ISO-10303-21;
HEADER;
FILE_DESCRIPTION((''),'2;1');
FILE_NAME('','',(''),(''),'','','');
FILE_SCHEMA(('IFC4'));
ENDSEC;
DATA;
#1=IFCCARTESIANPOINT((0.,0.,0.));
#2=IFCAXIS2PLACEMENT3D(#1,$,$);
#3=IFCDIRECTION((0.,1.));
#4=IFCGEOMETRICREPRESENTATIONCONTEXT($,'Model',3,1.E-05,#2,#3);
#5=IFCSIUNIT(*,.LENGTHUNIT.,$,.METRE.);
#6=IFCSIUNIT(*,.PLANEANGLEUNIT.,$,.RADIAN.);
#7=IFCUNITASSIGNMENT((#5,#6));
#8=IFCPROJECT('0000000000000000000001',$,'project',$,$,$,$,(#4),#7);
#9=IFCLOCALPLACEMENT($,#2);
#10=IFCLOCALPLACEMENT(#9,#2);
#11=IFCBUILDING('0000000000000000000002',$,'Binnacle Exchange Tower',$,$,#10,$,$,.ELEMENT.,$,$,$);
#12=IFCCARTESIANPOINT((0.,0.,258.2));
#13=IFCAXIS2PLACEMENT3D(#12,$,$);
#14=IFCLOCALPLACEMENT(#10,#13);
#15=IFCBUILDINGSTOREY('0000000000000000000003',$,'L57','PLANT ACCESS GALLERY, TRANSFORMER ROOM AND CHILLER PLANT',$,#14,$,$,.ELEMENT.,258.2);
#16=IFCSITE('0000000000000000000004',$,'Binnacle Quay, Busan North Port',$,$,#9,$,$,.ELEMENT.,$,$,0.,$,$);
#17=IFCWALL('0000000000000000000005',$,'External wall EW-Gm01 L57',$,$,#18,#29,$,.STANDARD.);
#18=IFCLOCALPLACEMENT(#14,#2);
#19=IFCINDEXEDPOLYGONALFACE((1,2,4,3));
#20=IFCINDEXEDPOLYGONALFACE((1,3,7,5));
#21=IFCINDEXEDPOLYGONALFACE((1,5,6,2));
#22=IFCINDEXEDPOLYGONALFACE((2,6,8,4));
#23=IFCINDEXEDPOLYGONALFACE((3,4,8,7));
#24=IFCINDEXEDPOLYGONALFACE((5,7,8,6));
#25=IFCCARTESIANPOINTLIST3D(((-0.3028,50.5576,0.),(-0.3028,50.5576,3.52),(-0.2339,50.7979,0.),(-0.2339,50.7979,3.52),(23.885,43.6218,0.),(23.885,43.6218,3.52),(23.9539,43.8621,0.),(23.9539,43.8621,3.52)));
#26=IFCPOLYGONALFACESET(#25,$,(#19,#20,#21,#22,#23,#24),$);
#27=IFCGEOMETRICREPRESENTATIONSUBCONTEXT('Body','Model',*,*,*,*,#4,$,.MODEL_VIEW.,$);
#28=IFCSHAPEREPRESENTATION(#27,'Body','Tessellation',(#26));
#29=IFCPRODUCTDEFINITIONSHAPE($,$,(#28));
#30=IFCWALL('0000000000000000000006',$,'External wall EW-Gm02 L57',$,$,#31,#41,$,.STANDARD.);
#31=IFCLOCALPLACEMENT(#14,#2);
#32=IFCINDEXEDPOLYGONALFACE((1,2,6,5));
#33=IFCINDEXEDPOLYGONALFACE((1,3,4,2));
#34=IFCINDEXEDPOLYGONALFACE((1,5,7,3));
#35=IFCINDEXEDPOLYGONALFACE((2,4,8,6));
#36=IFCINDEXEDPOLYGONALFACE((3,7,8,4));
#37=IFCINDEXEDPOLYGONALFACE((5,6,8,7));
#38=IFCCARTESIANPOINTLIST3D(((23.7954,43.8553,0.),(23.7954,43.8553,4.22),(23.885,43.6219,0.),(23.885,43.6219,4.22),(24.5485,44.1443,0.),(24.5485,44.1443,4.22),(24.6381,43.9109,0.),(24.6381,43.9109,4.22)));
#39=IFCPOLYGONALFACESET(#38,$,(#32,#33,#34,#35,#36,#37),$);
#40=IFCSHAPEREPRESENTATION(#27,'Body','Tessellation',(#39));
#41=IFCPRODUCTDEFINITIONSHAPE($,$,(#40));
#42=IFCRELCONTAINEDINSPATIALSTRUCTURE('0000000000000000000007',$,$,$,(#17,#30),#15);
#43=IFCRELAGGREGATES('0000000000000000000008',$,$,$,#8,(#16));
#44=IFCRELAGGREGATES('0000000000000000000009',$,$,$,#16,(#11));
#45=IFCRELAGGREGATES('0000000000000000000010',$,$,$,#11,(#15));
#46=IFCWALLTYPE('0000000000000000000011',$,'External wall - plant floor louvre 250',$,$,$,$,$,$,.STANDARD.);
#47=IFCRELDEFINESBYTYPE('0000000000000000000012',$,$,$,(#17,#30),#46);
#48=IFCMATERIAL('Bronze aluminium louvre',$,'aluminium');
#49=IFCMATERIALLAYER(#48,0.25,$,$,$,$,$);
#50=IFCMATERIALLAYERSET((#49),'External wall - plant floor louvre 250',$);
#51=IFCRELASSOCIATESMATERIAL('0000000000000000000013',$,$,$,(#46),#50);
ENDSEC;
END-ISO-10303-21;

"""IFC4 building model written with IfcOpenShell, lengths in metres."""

from ifc_helpers import new_model, si_unit, direction, frame, frame_2d, origin, place, context, subcontext, project, spatial, rectangle, extrude, material, layer, layer_set, type_object, element, save


model = new_model("IFC4")

# Units and contexts
model_context = context("Model", 3, precision=1e-05, world=origin(), true_north=direction((0.0, 1.0)))
body_context = subcontext(model_context, "Body", "Model", "MODEL_VIEW")
ifc_project = project(units=[si_unit("LENGTHUNIT", "METRE"), si_unit("PLANEANGLEUNIT", "RADIAN")], contexts=[model_context])

# Site, building, storey
site_placement = place(None, origin())
site = spatial("IfcSite", under=ifc_project, at=site_placement, Name="Binnacle Quay, Busan North Port", CompositionType="ELEMENT", RefElevation=0.0)
building_placement = place(site_placement, origin())
building = spatial("IfcBuilding", under=site, at=building_placement, Name="Binnacle Exchange Tower", CompositionType="ELEMENT")
storey_placement = place(building_placement, frame((0.0, 0.0, 258.2)))
storey = spatial("IfcBuildingStorey", under=building, at=storey_placement, Name="L57", Description="PLANT ACCESS GALLERY, TRANSFORMER ROOM AND CHILLER PLANT", CompositionType="ELEMENT", Elevation=258.2)

# Walls
ifc_material_1 = material(Name="Bronze aluminium louvre", Category="aluminium")
ifc_layer_1 = layer(ifc_material_1, 0.25)
ifc_layer_set_1 = layer_set([ifc_layer_1], Name="External wall - plant floor louvre 250")
wall_type = type_object("IfcWallType", Name="External wall - plant floor louvre 250", PredefinedType="STANDARD", material=ifc_layer_set_1)
wall_1_placement = place(storey_placement, frame((23.9194, 43.7419, 0.0), z_axis=(0.0, 0.0, 1.0), x_axis=(-0.961261, 0.27564, 0.0)))
element("IfcWall", 1, at=wall_1_placement, inside=storey, type_object=wall_type, Name="External wall EW-Gm01 L57", PredefinedType="STANDARD", context=body_context, shape_type="SweptSolid", body=[
    extrude(rectangle(XDim=25.1626, YDim=0.25, at=frame_2d((12.5813, 0.0))), origin(), (0.0, 0.0, 1.0), 3.52),
])
wall_2_placement = place(storey_placement, frame((24.5933, 44.0276, 0.0), z_axis=(0.0, 0.0, 1.0), x_axis=(-0.933603, -0.35831, 0.0)))
element("IfcWall", 2, at=wall_2_placement, inside=storey, type_object=wall_type, Name="External wall EW-Gm02 L57", PredefinedType="STANDARD", context=body_context, shape_type="SweptSolid", body=[
    extrude(rectangle(XDim=0.8066, YDim=0.25, at=frame_2d((0.4033, 0.0))), origin(), (0.0, 0.0, 1.0), 4.22),
])

save(model, "model.ifc")
